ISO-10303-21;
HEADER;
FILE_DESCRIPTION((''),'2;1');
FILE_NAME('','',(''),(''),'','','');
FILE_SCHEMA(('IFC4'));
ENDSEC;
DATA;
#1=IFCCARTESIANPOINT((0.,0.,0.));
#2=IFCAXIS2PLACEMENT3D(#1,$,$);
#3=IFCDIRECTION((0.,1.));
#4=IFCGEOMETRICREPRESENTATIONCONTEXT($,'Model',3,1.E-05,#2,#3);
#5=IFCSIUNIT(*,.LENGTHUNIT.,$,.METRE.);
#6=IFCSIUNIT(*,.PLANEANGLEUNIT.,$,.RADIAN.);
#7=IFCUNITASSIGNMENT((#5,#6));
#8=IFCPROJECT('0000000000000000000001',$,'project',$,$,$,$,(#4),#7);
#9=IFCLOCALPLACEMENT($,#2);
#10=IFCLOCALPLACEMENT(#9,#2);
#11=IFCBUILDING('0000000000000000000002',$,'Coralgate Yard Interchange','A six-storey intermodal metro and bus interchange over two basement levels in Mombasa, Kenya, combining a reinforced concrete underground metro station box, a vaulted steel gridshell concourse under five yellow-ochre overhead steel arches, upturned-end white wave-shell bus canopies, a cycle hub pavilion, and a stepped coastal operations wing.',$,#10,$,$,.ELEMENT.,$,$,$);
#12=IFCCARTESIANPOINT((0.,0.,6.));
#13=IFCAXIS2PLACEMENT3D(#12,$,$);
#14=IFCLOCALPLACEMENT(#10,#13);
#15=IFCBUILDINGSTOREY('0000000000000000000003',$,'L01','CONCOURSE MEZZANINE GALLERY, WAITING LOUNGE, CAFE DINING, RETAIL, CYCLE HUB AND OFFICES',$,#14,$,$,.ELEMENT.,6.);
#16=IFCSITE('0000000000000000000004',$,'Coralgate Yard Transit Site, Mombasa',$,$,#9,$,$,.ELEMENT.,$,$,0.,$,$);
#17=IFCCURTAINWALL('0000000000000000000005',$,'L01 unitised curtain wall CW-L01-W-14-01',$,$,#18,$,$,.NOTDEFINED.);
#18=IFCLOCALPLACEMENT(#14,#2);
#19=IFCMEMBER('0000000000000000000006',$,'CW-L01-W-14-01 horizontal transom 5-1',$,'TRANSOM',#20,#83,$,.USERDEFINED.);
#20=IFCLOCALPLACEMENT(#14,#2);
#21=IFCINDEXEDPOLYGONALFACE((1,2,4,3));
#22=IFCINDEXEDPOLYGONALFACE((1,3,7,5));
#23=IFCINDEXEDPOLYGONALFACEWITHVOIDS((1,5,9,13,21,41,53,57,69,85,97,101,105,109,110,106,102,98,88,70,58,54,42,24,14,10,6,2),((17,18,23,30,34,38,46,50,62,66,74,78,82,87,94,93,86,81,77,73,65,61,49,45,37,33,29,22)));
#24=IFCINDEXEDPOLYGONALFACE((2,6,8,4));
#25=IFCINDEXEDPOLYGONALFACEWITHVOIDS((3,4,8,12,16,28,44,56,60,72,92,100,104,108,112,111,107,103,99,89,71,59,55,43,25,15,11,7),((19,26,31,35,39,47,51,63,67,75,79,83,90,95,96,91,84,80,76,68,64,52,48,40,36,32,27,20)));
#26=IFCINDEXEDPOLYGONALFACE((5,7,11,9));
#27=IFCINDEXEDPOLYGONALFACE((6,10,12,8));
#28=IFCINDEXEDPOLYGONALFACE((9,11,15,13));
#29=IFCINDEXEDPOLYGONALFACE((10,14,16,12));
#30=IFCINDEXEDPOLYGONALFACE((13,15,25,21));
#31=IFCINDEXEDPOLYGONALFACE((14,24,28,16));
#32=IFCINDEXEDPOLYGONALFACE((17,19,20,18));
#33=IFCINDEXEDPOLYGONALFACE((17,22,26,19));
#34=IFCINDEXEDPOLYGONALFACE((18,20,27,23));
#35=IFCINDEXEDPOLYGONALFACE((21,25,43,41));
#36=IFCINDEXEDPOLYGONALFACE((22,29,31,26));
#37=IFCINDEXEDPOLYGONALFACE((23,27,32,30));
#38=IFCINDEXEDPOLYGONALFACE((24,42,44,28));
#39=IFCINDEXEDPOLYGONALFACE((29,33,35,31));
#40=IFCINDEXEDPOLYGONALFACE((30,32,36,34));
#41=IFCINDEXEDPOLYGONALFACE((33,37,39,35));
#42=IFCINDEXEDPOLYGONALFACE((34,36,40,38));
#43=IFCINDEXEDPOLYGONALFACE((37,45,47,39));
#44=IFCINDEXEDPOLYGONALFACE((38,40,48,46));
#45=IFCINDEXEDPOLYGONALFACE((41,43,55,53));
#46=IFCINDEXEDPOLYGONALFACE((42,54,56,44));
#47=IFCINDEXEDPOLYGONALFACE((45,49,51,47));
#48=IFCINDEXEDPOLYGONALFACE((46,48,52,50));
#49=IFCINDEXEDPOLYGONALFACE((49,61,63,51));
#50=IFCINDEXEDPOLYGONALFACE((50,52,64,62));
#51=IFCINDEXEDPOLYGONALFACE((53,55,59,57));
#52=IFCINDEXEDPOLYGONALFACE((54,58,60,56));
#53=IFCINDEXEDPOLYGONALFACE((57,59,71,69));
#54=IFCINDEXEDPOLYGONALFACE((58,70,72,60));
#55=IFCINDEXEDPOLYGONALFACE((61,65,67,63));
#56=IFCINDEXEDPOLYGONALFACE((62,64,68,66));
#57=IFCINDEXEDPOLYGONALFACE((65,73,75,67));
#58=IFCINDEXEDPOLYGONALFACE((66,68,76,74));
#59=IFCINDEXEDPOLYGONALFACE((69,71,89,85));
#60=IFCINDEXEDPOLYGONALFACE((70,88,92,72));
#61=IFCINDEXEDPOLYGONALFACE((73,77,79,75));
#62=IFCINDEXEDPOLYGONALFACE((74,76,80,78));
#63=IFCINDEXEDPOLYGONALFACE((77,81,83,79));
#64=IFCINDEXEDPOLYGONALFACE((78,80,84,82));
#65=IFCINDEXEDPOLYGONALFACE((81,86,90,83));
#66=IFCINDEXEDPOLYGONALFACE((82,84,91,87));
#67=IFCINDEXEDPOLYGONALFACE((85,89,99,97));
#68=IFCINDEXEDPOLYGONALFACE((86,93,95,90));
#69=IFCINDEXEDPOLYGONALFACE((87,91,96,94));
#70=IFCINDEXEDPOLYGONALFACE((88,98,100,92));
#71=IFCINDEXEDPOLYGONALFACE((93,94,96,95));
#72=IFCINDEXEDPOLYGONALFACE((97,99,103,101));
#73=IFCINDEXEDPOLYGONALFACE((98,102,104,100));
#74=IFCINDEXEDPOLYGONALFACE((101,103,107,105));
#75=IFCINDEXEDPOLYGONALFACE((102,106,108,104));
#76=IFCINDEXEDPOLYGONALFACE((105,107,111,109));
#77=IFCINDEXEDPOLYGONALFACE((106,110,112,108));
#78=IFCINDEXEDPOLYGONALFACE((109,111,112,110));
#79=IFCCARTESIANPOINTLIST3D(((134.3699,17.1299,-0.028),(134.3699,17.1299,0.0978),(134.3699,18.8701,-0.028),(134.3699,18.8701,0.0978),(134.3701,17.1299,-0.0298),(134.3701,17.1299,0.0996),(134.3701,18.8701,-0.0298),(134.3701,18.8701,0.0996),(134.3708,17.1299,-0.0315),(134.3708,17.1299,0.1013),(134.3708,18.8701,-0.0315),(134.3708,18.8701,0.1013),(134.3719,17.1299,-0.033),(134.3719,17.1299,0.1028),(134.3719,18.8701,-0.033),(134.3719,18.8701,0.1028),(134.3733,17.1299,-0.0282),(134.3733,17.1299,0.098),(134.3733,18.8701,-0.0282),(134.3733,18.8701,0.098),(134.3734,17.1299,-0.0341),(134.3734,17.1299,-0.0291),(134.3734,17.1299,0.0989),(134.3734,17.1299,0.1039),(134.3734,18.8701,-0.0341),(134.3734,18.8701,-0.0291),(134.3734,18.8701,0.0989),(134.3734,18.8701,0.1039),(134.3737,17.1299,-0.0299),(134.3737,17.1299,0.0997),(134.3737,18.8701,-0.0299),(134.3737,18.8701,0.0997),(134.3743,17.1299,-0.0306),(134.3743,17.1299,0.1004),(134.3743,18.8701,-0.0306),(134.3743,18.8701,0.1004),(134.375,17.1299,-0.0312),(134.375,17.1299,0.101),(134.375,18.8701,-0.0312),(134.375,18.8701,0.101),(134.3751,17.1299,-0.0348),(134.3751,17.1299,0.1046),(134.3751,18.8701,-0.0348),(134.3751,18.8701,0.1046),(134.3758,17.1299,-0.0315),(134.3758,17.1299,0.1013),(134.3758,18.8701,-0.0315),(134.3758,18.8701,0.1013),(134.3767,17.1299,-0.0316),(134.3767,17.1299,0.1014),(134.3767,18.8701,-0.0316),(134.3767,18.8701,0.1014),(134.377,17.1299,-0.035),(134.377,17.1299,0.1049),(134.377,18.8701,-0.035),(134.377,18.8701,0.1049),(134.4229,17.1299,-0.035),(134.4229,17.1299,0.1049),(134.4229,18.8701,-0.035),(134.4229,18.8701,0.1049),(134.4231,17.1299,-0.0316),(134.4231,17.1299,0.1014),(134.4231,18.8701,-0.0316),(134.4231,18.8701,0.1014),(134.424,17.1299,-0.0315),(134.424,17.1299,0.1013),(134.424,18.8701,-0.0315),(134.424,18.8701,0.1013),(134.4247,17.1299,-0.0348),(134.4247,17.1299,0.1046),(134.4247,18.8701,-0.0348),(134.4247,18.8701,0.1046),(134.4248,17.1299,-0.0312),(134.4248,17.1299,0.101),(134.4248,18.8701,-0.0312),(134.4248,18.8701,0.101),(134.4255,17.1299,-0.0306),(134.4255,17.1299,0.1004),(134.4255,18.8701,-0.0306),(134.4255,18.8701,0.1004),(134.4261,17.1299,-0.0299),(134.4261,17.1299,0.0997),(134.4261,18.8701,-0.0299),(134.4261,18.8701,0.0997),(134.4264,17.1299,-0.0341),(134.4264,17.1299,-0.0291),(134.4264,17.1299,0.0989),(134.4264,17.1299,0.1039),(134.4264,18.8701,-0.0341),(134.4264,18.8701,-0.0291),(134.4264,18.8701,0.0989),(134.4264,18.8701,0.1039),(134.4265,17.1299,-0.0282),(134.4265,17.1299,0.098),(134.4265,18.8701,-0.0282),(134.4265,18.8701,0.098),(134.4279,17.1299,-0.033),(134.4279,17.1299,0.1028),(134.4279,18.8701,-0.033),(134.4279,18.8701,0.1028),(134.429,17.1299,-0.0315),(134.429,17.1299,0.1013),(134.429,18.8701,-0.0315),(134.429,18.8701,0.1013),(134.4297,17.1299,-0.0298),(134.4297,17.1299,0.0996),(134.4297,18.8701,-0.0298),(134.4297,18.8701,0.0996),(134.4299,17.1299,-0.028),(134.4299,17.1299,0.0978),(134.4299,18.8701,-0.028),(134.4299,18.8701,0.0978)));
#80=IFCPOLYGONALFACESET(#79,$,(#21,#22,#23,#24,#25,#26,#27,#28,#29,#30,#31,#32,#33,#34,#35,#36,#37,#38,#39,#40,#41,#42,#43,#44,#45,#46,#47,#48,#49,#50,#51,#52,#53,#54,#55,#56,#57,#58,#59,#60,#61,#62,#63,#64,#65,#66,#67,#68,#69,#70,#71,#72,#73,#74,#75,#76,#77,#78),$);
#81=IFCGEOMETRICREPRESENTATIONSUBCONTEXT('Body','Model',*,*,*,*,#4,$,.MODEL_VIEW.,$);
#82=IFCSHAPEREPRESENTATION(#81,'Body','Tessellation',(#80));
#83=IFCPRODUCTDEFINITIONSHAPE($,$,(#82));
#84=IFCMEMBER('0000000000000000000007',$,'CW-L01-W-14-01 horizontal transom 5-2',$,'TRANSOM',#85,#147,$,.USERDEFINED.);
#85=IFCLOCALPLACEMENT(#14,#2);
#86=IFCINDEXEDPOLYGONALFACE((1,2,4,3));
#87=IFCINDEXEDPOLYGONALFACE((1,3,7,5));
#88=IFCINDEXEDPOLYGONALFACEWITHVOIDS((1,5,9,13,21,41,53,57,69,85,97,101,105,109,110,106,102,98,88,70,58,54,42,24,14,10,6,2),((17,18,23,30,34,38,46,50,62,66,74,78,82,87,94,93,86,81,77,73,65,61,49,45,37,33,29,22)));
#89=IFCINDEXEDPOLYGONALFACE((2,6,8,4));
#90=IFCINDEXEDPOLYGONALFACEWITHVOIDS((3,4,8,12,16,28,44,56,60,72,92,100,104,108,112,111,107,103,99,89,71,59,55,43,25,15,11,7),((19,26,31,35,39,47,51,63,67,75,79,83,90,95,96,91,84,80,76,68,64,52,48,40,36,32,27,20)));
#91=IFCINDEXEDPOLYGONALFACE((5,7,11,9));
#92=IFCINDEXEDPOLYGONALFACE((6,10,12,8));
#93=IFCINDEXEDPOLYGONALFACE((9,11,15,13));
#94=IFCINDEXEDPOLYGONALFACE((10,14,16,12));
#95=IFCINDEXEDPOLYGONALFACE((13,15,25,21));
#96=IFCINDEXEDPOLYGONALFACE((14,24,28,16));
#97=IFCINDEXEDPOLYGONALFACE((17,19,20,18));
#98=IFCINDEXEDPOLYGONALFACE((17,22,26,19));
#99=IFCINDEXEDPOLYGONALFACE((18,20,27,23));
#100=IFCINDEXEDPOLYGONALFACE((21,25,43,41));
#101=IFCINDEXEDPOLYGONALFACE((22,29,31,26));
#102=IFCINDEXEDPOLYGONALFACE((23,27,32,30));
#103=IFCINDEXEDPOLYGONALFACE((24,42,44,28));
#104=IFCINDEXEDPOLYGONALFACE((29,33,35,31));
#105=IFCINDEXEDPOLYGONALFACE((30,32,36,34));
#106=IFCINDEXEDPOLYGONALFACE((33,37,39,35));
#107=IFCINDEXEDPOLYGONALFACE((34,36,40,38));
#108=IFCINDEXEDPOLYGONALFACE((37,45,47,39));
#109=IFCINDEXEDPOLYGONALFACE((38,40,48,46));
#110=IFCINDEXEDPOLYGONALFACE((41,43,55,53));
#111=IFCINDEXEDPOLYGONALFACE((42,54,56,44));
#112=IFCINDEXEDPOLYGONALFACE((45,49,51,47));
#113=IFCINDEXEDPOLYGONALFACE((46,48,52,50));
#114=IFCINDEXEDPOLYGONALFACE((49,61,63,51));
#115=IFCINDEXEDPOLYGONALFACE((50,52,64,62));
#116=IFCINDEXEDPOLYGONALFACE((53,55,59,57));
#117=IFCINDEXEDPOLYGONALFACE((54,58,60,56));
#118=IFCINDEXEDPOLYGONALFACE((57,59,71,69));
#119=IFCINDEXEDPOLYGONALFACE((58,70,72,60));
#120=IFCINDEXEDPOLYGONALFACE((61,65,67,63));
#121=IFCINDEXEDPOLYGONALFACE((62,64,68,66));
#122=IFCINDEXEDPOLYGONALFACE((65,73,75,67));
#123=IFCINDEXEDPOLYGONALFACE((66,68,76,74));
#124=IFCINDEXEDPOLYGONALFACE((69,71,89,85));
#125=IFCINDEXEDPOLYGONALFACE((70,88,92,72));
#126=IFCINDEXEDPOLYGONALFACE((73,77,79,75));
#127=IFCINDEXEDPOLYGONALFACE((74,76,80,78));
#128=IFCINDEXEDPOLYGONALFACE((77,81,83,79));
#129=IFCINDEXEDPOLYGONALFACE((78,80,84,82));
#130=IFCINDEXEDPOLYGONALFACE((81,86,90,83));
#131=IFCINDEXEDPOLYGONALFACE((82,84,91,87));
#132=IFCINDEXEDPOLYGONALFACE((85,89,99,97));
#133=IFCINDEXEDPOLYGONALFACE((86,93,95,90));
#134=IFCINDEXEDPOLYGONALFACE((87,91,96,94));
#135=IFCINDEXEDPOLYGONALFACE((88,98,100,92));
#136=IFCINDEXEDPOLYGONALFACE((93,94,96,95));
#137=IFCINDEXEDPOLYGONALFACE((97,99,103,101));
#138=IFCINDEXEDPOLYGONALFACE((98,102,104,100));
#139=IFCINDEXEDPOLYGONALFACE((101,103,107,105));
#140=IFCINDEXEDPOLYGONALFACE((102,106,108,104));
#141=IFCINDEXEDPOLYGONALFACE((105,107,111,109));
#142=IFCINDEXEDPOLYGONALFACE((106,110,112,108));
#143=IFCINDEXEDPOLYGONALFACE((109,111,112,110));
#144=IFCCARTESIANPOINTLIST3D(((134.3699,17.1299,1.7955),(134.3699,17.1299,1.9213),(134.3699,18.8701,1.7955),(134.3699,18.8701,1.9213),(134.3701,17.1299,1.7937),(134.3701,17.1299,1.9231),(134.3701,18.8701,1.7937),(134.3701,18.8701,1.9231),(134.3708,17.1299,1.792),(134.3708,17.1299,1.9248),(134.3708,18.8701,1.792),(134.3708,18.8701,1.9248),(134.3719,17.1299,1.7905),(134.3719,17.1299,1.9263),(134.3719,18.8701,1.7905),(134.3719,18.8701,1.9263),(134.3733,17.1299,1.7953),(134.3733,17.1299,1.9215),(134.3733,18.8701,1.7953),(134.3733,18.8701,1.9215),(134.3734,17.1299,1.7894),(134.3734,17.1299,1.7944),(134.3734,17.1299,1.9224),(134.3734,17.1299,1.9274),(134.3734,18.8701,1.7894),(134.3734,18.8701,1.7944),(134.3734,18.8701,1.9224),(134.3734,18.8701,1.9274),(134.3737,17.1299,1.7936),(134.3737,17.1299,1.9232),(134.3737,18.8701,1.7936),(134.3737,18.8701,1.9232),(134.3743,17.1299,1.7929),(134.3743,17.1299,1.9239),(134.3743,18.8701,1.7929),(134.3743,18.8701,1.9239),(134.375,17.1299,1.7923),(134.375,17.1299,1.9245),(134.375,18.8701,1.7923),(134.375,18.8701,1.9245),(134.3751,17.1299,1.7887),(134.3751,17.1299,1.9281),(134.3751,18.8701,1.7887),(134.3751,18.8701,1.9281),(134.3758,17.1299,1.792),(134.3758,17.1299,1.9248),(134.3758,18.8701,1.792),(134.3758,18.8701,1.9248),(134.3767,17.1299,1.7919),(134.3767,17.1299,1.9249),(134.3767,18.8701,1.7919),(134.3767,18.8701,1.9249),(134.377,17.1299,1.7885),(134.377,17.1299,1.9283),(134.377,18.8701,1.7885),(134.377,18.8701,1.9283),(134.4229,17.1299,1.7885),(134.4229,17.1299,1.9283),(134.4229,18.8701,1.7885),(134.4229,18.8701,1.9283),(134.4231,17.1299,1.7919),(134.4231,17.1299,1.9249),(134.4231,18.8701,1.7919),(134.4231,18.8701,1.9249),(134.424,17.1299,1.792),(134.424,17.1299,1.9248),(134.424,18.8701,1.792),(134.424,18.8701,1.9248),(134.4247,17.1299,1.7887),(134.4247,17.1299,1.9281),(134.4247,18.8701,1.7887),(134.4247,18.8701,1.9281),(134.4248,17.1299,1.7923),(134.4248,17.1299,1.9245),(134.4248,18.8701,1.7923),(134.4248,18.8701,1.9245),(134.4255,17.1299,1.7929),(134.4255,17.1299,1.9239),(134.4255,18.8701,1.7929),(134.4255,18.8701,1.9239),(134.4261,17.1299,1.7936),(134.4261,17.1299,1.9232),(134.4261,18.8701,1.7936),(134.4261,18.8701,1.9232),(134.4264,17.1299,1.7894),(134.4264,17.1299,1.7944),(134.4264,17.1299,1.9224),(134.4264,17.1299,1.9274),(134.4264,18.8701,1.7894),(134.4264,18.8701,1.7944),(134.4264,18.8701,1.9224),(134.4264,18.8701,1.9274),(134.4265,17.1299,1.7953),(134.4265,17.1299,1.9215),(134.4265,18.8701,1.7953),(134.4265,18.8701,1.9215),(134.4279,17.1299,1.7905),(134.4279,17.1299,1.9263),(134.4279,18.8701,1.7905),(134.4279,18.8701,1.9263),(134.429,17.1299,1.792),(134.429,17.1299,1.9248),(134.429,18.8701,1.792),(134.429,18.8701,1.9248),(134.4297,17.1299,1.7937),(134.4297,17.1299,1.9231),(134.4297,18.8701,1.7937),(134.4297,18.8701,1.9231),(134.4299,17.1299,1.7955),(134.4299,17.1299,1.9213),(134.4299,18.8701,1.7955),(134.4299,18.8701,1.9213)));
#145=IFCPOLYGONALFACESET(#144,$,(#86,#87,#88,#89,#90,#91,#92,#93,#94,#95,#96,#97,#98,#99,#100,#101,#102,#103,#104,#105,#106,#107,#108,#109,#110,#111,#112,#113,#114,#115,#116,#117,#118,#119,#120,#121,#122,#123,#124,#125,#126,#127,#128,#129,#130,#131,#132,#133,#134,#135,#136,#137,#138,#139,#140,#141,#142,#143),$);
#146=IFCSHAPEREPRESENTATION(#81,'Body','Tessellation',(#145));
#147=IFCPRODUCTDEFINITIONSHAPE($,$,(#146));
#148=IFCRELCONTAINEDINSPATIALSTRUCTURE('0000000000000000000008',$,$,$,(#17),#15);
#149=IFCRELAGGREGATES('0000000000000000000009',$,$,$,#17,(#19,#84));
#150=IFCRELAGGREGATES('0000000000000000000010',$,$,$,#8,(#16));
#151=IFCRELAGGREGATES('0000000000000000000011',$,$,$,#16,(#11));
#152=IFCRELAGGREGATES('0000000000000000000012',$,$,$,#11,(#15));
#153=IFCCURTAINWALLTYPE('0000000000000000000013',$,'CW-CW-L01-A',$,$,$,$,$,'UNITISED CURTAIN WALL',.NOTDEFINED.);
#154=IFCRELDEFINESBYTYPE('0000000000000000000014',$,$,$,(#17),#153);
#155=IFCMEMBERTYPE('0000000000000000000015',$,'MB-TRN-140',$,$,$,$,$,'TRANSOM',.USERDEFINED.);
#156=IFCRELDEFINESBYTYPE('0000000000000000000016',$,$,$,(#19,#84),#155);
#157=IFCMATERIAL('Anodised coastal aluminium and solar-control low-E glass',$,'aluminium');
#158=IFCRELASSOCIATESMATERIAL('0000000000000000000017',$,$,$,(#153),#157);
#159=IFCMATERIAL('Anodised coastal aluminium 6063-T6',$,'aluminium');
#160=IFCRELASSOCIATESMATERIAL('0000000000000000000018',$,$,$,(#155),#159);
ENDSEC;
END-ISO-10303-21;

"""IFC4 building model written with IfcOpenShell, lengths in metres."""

from ifc_helpers import new_model, si_unit, direction, frame, origin, origin_2d, place, context, subcontext, project, spatial, hollow_rectangle, extrude, material, material_profile, profile_set, type_object, element, aggregate, save


model = new_model("IFC4")

# Units and contexts
model_context = context("Model", 3, precision=1e-05, world=origin(), true_north=direction((0.0, 1.0)))
body_context = subcontext(model_context, "Body", "Model", "MODEL_VIEW")
ifc_project = project(units=[si_unit("LENGTHUNIT", "METRE"), si_unit("PLANEANGLEUNIT", "RADIAN")], contexts=[model_context])

# Site, building, storey
site_placement = place(None, origin())
site = spatial("IfcSite", under=ifc_project, at=site_placement, Name="Coralgate Yard Transit Site, Mombasa", CompositionType="ELEMENT", RefElevation=0.0)
building_placement = place(site_placement, origin())
building = spatial("IfcBuilding", under=site, at=building_placement, Name="Coralgate Yard Interchange", Description="A six-storey intermodal metro and bus interchange over two basement levels in Mombasa, Kenya, combining a reinforced concrete underground metro station box, a vaulted steel gridshell concourse under five yellow-ochre overhead steel arches, upturned-end white wave-shell bus canopies, a cycle hub pavilion, and a stepped coastal operations wing.", CompositionType="ELEMENT")
storey_placement = place(building_placement, frame((0.0, 0.0, 6.0)))
storey = spatial("IfcBuildingStorey", under=building, at=storey_placement, Name="L01", Description="CONCOURSE MEZZANINE GALLERY, WAITING LOUNGE, CAFE DINING, RETAIL, CYCLE HUB AND OFFICES", CompositionType="ELEMENT", Elevation=6.0)

# Curtain wall
ifc_material_1 = material(Name="Anodised coastal aluminium and solar-control low-E glass", Category="aluminium")
curtain_wall_type_1 = type_object("IfcCurtainWallType", Name="CW-CW-L01-A", ElementType="UNITISED CURTAIN WALL", PredefinedType="NOTDEFINED", material=ifc_material_1)
curtain_wall_1_placement = place(storey_placement, origin())
curtain_wall_1 = element("IfcCurtainWall", 1, at=curtain_wall_1_placement, inside=storey, type_object=curtain_wall_type_1, Name="L01 unitised curtain wall CW-L01-W-14-01", PredefinedType="NOTDEFINED")
ifc_material_2 = material(Name="Anodised coastal aluminium 6063-T6", Category="aluminium")

# Members
ifc_material_profile_1 = material_profile(ifc_material_2, hollow_rectangle(XDim=0.0601, YDim=0.1399, WallThickness=0.0034, InnerFilletRadius=0.0034, OuterFilletRadius=0.0071, at=origin_2d()), Name="ALU 60x140x3.5")
ifc_profile_set_1 = profile_set([ifc_material_profile_1], Name="Anodised coastal aluminium 6063-T6")
member_type_1 = type_object("IfcMemberType", Name="MB-TRN-140", ElementType="TRANSOM", PredefinedType="USERDEFINED", material=ifc_profile_set_1)
member_1_placement = place(storey_placement, frame((134.3999, 17.1299, 0.0349), z_axis=(0.0, 1.0, 0.0), x_axis=(-1.0, 0.0, 0.0)))
member_1 = element("IfcMember", 2, at=member_1_placement, type_object=member_type_1, Name="CW-L01-W-14-01 horizontal transom 5-1", ObjectType="TRANSOM", PredefinedType="USERDEFINED", context=body_context, shape_type="SweptSolid", body=[
    extrude(hollow_rectangle(XDim=0.0601, YDim=0.1399, WallThickness=0.0034, InnerFilletRadius=0.0034, OuterFilletRadius=0.0071, at=origin_2d()), origin(), (0.0, 0.0, 1.0), 1.7402),
])
member_2_placement = place(storey_placement, frame((134.3999, 17.1299, 1.8584), z_axis=(0.0, 1.0, 0.0), x_axis=(-1.0, 0.0, 0.0)))
member_2 = element("IfcMember", 3, at=member_2_placement, type_object=member_type_1, Name="CW-L01-W-14-01 horizontal transom 5-2", ObjectType="TRANSOM", PredefinedType="USERDEFINED", context=body_context, shape_type="SweptSolid", body=[
    extrude(hollow_rectangle(XDim=0.0601, YDim=0.1399, WallThickness=0.0034, InnerFilletRadius=0.0034, OuterFilletRadius=0.0071, at=origin_2d()), origin(), (0.0, 0.0, 1.0), 1.7402),
])

aggregate(curtain_wall_1, [member_1, member_2])

save(model, "model.ifc")
